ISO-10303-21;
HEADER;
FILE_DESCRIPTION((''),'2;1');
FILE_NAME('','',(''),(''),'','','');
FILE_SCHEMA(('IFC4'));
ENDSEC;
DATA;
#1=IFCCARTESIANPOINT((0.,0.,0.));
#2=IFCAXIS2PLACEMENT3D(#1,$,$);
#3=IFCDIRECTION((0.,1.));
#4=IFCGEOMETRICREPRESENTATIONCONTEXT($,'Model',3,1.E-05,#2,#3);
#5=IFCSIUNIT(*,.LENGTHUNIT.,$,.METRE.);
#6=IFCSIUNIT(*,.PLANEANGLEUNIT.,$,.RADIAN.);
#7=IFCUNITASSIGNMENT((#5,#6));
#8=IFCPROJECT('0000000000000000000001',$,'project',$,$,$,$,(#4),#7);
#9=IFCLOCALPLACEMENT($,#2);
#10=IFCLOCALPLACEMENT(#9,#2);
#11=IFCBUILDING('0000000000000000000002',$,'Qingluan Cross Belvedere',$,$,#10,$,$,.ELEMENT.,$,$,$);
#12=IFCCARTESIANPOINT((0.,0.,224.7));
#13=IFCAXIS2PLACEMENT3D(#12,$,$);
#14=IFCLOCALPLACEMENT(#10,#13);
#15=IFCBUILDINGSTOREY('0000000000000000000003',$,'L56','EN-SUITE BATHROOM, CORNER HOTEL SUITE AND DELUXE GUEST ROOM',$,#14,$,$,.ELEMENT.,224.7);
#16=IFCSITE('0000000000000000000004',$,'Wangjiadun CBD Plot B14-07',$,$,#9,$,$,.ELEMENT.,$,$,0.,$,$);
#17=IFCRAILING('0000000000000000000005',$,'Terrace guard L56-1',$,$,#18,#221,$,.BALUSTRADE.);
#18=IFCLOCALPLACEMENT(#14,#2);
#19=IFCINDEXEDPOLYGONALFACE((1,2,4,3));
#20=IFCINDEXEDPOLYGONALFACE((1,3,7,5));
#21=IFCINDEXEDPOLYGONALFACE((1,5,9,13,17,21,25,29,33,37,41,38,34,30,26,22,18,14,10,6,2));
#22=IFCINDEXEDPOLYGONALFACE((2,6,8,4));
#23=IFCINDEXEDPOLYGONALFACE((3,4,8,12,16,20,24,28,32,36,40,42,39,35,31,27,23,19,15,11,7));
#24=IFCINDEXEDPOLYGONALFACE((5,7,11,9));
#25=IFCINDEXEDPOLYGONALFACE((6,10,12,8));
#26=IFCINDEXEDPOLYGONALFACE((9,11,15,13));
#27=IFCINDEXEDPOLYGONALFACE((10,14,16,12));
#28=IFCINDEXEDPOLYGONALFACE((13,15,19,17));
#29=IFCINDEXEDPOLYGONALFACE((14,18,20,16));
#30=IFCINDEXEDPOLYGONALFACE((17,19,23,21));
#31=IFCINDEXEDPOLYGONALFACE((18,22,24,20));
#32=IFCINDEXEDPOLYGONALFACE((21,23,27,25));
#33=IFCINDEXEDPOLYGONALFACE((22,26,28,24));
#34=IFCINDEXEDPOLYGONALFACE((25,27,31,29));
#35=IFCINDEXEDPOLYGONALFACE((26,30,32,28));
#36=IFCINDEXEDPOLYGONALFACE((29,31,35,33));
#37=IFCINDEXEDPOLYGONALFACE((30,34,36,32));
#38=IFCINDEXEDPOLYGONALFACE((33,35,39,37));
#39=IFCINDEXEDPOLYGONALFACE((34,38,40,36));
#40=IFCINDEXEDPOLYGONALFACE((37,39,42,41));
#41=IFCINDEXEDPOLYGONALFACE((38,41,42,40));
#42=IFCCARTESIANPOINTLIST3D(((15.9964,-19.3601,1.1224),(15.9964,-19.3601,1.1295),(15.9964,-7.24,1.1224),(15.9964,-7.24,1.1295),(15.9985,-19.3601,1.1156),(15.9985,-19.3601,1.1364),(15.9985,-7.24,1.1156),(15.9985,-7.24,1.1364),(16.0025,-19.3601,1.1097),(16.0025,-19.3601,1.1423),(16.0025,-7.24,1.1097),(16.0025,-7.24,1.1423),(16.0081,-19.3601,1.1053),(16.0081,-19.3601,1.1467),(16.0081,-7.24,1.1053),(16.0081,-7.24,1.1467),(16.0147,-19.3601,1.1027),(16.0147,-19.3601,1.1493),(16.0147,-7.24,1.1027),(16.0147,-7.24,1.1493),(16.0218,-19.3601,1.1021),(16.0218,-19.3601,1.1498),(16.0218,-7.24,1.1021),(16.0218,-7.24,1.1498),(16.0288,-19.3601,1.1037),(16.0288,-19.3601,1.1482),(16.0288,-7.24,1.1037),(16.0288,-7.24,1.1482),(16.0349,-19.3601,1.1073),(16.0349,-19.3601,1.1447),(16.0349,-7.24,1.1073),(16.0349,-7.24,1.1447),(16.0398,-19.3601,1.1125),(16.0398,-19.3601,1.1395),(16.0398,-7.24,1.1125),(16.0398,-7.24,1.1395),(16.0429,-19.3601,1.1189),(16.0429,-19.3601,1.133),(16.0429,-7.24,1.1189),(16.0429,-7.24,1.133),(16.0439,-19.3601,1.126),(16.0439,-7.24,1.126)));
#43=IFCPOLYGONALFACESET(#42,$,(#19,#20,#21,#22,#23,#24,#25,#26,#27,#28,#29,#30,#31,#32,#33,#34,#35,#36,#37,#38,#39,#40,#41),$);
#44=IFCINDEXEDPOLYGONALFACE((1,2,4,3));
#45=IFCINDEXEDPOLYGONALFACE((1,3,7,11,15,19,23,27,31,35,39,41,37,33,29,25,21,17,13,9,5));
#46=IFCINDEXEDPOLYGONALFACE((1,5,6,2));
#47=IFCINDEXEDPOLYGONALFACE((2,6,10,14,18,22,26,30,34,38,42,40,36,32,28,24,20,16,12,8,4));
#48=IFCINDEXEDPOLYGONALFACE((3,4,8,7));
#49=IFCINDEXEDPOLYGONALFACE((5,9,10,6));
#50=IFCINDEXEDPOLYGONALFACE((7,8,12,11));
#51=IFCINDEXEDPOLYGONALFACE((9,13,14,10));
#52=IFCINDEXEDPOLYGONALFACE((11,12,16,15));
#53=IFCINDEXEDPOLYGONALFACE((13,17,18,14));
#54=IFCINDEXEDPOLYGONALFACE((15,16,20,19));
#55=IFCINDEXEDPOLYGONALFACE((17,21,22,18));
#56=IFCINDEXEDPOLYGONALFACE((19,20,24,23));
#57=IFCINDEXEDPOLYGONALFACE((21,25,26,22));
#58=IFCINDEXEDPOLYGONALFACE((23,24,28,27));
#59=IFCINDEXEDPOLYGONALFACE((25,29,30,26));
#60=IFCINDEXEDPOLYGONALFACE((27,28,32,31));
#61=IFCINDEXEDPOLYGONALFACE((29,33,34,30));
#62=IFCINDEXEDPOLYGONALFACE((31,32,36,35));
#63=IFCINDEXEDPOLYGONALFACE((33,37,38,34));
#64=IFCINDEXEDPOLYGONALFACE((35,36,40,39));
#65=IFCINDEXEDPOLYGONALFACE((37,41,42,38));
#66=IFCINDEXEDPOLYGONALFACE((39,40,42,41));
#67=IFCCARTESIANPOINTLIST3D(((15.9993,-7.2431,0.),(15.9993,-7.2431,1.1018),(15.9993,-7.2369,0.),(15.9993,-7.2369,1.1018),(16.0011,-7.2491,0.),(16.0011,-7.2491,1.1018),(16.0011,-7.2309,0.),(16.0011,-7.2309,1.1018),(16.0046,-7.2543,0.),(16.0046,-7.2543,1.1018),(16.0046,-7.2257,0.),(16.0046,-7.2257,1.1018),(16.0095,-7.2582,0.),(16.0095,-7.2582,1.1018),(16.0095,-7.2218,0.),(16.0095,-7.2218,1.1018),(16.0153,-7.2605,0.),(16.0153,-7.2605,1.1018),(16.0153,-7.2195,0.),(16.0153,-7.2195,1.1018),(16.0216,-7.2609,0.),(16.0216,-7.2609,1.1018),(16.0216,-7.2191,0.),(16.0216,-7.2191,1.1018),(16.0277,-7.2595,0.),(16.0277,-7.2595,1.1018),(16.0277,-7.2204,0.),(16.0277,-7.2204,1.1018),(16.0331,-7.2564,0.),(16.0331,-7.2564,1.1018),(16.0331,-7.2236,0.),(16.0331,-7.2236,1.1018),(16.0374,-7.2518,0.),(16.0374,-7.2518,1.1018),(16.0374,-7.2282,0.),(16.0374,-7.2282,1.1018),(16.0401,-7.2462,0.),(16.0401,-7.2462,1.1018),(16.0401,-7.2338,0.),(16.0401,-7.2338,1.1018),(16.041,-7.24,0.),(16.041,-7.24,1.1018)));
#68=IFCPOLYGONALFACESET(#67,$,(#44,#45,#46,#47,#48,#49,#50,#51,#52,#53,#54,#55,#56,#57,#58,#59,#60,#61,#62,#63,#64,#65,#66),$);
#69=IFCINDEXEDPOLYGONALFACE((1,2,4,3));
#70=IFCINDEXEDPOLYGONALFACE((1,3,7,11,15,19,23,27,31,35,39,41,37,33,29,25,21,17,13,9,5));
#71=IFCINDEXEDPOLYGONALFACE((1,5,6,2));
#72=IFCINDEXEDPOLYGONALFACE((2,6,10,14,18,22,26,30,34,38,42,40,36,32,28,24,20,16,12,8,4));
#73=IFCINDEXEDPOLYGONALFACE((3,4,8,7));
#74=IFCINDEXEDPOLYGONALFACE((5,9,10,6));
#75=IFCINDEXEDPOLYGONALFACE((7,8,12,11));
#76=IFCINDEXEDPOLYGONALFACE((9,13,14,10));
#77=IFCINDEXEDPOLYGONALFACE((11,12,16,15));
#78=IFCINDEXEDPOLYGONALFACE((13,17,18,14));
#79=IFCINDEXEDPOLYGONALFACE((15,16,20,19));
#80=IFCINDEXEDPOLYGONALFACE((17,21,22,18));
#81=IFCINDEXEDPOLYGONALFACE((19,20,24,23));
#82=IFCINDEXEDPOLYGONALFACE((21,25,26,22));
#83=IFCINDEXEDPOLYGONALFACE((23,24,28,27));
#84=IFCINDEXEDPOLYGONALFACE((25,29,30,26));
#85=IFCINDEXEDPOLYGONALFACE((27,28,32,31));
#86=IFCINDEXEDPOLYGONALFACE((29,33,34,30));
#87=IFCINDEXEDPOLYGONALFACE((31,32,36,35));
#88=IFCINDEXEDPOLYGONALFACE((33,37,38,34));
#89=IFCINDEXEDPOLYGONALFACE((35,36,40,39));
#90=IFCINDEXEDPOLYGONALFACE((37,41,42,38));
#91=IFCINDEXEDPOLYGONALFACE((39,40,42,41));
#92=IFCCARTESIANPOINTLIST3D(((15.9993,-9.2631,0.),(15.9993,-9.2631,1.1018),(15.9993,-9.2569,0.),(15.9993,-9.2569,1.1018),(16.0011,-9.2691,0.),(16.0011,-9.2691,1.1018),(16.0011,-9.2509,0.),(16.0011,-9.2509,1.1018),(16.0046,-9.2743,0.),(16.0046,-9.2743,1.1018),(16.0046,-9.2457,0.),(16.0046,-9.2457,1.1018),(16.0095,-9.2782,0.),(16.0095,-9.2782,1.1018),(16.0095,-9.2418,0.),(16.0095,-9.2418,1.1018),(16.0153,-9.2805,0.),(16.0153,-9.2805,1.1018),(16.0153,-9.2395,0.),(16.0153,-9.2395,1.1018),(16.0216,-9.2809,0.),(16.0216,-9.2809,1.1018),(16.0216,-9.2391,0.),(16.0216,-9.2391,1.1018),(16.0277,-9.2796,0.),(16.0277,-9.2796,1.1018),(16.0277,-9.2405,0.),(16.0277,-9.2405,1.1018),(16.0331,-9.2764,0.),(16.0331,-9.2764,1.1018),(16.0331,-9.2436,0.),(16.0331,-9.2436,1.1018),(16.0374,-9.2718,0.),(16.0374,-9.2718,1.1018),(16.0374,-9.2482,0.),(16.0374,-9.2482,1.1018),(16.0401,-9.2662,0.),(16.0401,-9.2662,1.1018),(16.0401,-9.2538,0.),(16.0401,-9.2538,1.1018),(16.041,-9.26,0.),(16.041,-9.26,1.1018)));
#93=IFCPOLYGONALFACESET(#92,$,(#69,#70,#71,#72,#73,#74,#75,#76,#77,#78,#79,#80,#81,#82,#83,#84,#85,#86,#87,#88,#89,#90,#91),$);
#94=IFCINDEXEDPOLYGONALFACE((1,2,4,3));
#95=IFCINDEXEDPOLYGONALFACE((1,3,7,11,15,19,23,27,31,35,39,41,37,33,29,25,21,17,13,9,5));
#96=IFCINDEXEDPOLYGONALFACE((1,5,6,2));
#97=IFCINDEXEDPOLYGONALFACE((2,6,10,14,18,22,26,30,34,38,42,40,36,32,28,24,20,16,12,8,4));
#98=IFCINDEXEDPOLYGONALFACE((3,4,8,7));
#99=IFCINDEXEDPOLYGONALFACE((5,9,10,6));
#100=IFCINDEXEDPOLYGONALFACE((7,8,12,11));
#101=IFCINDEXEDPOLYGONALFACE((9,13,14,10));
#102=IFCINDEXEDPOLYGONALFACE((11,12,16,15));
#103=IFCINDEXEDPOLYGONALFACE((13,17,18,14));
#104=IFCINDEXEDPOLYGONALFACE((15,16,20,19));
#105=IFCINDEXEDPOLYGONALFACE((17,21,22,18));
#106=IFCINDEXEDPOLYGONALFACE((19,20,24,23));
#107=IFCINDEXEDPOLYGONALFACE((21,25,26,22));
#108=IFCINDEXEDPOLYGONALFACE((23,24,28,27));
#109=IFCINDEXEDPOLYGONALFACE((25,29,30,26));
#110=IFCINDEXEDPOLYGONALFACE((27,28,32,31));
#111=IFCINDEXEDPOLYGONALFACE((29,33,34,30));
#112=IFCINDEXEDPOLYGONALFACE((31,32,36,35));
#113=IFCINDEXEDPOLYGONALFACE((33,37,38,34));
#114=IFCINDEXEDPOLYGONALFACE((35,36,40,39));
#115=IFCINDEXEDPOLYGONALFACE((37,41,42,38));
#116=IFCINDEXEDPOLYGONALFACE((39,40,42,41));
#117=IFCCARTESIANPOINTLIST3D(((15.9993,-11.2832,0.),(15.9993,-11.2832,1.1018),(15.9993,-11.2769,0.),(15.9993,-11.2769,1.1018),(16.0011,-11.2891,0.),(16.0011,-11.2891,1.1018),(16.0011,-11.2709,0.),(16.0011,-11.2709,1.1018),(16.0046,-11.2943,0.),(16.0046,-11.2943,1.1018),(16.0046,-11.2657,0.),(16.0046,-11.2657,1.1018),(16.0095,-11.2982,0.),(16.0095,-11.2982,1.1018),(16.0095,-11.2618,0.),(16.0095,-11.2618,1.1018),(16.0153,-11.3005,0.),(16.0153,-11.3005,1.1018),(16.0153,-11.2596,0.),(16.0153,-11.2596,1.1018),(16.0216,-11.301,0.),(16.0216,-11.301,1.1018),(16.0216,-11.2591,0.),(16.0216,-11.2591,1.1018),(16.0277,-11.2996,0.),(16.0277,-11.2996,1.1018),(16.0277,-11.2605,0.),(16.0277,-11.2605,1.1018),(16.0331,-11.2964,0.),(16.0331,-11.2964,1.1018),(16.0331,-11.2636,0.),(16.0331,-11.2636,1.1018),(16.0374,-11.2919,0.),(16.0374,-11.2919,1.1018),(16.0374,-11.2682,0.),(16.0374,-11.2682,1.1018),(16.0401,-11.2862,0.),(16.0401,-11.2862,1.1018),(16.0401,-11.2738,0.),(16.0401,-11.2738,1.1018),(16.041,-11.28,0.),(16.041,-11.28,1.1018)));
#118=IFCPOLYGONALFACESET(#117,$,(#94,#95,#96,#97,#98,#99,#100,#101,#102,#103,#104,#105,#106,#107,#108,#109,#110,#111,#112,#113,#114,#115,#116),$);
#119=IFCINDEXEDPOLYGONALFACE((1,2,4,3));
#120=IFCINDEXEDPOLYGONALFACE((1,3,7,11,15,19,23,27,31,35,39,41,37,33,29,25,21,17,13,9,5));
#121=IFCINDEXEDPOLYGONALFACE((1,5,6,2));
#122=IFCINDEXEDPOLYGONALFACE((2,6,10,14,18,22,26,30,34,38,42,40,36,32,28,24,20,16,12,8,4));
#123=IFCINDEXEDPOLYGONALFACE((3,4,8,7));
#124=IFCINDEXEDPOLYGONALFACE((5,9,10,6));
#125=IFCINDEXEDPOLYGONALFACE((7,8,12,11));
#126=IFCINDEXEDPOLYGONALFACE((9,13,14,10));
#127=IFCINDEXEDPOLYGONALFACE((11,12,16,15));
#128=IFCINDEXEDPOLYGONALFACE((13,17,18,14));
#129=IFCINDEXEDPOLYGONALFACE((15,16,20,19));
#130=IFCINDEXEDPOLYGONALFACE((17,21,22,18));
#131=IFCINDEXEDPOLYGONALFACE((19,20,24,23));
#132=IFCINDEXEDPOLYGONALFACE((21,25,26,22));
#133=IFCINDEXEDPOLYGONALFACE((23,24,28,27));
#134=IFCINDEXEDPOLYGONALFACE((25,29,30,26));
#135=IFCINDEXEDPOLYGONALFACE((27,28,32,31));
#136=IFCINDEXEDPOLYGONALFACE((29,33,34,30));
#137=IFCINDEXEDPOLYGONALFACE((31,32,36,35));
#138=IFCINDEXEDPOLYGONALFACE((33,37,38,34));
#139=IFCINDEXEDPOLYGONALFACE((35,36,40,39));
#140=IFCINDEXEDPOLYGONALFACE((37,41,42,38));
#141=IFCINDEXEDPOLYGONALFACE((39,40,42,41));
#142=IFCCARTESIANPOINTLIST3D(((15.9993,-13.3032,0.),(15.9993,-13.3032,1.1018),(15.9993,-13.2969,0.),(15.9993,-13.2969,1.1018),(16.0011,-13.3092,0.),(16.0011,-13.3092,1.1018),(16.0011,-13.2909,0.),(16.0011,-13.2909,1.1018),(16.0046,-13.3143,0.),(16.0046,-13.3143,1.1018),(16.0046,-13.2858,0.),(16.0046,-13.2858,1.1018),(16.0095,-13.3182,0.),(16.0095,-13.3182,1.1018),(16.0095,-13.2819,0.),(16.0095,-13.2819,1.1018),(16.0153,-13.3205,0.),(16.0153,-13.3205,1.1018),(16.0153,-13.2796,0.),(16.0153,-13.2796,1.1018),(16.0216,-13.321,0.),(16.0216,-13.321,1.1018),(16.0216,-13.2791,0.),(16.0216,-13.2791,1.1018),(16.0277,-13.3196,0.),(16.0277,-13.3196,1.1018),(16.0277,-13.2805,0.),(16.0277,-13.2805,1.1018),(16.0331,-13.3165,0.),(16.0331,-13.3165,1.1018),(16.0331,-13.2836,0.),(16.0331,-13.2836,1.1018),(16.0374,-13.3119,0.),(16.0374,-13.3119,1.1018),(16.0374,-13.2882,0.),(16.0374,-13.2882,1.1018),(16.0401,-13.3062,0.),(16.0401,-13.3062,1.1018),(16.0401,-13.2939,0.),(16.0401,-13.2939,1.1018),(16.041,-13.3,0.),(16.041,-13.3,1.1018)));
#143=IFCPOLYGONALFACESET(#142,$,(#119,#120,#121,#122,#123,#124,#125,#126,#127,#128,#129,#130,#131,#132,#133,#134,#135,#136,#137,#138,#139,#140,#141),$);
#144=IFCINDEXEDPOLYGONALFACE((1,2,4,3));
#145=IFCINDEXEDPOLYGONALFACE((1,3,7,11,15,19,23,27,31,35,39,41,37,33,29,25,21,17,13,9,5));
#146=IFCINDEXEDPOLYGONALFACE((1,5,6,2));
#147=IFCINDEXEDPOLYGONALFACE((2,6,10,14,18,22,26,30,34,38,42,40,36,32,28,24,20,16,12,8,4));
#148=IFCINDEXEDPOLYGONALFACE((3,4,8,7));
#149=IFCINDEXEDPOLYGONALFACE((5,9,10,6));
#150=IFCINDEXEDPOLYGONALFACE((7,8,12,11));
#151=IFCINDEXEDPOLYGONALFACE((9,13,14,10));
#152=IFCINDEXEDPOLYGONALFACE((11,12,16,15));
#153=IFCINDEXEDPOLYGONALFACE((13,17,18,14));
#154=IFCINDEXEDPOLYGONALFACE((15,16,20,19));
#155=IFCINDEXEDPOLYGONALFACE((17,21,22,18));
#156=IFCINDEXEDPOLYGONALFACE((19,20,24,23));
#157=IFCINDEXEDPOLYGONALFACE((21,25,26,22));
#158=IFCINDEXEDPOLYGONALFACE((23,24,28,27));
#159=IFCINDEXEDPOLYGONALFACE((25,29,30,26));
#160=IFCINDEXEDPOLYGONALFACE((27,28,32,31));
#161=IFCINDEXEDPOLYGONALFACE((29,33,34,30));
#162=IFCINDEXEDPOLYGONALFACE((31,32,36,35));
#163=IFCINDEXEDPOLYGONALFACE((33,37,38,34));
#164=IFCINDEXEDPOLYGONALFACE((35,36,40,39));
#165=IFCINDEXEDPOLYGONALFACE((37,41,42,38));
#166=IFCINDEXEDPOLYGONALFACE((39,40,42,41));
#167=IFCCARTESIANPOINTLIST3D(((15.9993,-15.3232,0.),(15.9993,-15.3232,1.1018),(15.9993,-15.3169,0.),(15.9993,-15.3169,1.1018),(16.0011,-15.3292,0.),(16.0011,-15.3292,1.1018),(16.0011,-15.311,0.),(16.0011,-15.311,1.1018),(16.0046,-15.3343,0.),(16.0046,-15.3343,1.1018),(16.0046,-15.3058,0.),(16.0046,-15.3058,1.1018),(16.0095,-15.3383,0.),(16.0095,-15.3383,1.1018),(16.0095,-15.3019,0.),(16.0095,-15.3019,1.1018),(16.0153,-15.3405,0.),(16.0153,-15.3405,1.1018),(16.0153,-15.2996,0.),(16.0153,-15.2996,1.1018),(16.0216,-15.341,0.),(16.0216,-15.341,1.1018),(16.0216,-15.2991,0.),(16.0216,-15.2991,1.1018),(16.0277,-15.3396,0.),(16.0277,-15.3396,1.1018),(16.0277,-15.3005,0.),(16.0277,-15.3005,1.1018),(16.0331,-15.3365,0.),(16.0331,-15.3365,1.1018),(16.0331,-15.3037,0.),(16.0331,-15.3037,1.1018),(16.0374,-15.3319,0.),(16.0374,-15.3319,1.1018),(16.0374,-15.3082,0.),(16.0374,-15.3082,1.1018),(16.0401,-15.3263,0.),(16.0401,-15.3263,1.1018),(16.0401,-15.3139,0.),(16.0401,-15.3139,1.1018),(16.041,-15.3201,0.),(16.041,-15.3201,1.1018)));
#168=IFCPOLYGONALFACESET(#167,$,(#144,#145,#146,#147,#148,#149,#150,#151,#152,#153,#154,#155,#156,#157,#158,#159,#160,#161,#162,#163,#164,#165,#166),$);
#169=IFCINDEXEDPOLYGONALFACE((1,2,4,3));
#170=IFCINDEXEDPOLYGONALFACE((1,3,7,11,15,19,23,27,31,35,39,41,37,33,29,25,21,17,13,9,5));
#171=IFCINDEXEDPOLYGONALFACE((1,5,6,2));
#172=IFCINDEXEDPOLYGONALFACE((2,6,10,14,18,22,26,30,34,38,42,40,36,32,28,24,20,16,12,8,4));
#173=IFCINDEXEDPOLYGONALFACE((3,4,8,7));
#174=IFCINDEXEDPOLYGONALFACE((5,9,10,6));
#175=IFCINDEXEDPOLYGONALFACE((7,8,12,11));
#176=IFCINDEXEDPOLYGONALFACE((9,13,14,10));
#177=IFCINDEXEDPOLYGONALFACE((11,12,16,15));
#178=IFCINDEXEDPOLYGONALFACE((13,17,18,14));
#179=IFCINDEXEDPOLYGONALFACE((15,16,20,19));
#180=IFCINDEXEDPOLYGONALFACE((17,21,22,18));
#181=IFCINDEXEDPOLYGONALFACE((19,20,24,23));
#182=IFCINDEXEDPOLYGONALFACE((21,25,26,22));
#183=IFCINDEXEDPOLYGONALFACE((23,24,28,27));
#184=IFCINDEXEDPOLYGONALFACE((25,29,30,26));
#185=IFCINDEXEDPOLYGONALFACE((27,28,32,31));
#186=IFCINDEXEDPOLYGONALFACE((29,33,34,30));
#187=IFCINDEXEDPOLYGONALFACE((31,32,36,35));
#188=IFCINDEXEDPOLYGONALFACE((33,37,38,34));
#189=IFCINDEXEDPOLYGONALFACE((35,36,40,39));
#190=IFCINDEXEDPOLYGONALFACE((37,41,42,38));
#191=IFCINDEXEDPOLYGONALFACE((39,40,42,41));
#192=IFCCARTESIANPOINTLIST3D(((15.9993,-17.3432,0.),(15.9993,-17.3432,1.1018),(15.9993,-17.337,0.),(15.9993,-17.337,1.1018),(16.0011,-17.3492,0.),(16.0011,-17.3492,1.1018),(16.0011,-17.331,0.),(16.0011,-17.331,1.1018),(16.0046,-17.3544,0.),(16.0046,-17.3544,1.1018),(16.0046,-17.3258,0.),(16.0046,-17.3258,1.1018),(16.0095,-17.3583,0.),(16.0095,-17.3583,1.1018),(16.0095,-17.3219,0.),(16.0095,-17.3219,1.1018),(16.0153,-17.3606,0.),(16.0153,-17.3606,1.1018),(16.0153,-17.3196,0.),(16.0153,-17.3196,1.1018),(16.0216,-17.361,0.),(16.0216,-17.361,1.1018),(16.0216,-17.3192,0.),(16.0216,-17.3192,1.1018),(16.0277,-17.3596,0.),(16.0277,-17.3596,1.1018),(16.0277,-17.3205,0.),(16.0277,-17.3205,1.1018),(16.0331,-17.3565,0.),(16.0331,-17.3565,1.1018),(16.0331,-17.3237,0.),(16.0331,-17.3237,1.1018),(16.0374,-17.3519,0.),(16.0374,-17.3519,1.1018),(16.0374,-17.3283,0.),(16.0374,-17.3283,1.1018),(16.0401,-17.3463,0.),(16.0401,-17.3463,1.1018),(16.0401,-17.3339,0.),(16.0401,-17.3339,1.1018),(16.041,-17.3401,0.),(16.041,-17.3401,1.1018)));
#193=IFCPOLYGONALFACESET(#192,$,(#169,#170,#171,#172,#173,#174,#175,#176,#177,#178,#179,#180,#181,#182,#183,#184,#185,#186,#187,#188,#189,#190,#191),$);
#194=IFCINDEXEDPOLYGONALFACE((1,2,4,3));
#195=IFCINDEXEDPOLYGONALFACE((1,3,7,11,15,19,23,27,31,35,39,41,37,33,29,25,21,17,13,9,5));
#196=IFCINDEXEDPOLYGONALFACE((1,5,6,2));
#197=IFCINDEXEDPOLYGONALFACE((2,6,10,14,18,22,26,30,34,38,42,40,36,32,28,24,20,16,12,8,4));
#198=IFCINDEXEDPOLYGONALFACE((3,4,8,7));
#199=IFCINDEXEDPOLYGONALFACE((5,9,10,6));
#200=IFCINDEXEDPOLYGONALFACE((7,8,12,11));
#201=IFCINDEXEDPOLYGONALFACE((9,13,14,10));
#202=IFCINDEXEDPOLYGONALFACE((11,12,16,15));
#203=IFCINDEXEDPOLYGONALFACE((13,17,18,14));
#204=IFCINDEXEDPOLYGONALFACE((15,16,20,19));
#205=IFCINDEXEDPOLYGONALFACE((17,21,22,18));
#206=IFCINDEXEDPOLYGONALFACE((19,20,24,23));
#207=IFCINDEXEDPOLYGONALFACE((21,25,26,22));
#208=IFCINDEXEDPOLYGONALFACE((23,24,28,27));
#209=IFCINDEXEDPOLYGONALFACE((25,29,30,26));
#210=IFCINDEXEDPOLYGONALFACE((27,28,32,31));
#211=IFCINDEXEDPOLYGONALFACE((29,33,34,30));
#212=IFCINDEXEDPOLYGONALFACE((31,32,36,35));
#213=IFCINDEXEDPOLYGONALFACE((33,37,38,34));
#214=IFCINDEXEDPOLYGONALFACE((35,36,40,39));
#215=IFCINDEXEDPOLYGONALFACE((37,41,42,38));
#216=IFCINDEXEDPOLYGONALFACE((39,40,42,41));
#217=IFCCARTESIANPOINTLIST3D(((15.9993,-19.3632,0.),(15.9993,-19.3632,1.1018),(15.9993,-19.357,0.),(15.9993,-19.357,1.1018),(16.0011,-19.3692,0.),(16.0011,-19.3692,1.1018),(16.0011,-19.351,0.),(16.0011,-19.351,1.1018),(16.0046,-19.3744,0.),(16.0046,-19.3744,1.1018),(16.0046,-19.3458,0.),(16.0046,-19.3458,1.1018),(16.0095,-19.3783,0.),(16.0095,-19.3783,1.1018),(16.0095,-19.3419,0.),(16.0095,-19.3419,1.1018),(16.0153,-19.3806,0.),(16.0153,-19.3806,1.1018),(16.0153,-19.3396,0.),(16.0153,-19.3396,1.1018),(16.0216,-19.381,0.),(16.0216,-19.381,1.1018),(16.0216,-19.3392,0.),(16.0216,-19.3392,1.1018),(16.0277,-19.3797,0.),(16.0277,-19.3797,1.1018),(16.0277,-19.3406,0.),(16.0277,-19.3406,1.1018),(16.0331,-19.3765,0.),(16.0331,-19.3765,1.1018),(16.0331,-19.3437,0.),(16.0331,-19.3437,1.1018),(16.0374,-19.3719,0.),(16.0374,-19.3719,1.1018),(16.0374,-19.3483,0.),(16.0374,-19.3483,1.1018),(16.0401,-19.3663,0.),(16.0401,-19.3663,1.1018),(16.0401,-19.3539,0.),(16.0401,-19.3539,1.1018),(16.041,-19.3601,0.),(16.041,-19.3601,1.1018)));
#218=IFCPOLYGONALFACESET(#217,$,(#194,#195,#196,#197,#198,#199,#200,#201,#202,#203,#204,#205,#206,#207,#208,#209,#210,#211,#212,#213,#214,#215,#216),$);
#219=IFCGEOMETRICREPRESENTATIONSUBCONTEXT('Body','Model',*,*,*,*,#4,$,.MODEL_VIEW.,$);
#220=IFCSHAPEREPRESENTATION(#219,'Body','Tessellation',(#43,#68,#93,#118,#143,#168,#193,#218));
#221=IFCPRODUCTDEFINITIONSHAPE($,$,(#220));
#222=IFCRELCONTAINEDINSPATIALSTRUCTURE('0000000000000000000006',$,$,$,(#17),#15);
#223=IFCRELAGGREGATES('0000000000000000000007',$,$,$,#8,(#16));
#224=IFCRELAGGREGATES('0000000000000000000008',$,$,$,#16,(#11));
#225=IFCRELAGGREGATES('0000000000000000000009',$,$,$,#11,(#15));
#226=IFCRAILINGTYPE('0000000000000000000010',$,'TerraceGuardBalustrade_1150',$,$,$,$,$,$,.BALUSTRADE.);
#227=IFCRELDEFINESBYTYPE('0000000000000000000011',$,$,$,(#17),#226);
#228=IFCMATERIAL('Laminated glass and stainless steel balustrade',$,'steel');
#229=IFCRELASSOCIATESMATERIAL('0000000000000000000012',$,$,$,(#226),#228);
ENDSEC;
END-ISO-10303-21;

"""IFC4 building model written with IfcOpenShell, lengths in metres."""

from ifc_helpers import new_model, si_unit, direction, frame, origin, origin_2d, place, context, subcontext, project, spatial, circle, extrude, material, type_object, element, save


model = new_model("IFC4")

# Units and contexts
model_context = context("Model", 3, precision=1e-05, world=origin(), true_north=direction((0.0, 1.0)))
body_context = subcontext(model_context, "Body", "Model", "MODEL_VIEW")
ifc_project = project(units=[si_unit("LENGTHUNIT", "METRE"), si_unit("PLANEANGLEUNIT", "RADIAN")], contexts=[model_context])

# Site, building, storey
site_placement = place(None, origin())
site = spatial("IfcSite", under=ifc_project, at=site_placement, Name="Wangjiadun CBD Plot B14-07", CompositionType="ELEMENT", RefElevation=0.0)
building_placement = place(site_placement, origin())
building = spatial("IfcBuilding", under=site, at=building_placement, Name="Qingluan Cross Belvedere", CompositionType="ELEMENT")
storey_placement = place(building_placement, frame((0.0, 0.0, 224.7)))
storey = spatial("IfcBuildingStorey", under=building, at=storey_placement, Name="L56", Description="EN-SUITE BATHROOM, CORNER HOTEL SUITE AND DELUXE GUEST ROOM", CompositionType="ELEMENT", Elevation=224.7)

# Railing
ifc_material_1 = material(Name="Laminated glass and stainless steel balustrade", Category="steel")
railing_type = type_object("IfcRailingType", Name="TerraceGuardBalustrade_1150", PredefinedType="BALUSTRADE", material=ifc_material_1)
railing_1_placement = place(storey_placement, frame((16.02, -7.24, 0.0)))
element("IfcRailing", 1, at=railing_1_placement, inside=storey, type_object=railing_type, Name="Terrace guard L56-1", PredefinedType="BALUSTRADE", context=body_context, shape_type="SweptSolid", body=[
    extrude(circle(Radius=0.0239, at=origin_2d()), frame((0.0, 0.0, 1.126), z_axis=(0.0, -1.0, 0.0), x_axis=(1.0, 0.0, 0.0)), (0.0, 0.0, 1.0), 12.1201),
    extrude(circle(Radius=0.021, at=origin_2d()), origin(), (0.0, 0.0, 1.0), 1.1018),
    extrude(circle(Radius=0.021, at=origin_2d()), frame((0.0, -2.02, 0.0)), (0.0, 0.0, 1.0), 1.1018),
    extrude(circle(Radius=0.021, at=origin_2d()), frame((0.0, -4.04, 0.0)), (0.0, 0.0, 1.0), 1.1018),
    extrude(circle(Radius=0.021, at=origin_2d()), frame((0.0, -6.0601, 0.0)), (0.0, 0.0, 1.0), 1.1018),
    extrude(circle(Radius=0.021, at=origin_2d()), frame((0.0, -8.0801, 0.0)), (0.0, 0.0, 1.0), 1.1018),
    extrude(circle(Radius=0.021, at=origin_2d()), frame((0.0, -10.1001, 0.0)), (0.0, 0.0, 1.0), 1.1018),
    extrude(circle(Radius=0.021, at=origin_2d()), frame((0.0, -12.1201, 0.0)), (0.0, 0.0, 1.0), 1.1018),
])

save(model, "model.ifc")
